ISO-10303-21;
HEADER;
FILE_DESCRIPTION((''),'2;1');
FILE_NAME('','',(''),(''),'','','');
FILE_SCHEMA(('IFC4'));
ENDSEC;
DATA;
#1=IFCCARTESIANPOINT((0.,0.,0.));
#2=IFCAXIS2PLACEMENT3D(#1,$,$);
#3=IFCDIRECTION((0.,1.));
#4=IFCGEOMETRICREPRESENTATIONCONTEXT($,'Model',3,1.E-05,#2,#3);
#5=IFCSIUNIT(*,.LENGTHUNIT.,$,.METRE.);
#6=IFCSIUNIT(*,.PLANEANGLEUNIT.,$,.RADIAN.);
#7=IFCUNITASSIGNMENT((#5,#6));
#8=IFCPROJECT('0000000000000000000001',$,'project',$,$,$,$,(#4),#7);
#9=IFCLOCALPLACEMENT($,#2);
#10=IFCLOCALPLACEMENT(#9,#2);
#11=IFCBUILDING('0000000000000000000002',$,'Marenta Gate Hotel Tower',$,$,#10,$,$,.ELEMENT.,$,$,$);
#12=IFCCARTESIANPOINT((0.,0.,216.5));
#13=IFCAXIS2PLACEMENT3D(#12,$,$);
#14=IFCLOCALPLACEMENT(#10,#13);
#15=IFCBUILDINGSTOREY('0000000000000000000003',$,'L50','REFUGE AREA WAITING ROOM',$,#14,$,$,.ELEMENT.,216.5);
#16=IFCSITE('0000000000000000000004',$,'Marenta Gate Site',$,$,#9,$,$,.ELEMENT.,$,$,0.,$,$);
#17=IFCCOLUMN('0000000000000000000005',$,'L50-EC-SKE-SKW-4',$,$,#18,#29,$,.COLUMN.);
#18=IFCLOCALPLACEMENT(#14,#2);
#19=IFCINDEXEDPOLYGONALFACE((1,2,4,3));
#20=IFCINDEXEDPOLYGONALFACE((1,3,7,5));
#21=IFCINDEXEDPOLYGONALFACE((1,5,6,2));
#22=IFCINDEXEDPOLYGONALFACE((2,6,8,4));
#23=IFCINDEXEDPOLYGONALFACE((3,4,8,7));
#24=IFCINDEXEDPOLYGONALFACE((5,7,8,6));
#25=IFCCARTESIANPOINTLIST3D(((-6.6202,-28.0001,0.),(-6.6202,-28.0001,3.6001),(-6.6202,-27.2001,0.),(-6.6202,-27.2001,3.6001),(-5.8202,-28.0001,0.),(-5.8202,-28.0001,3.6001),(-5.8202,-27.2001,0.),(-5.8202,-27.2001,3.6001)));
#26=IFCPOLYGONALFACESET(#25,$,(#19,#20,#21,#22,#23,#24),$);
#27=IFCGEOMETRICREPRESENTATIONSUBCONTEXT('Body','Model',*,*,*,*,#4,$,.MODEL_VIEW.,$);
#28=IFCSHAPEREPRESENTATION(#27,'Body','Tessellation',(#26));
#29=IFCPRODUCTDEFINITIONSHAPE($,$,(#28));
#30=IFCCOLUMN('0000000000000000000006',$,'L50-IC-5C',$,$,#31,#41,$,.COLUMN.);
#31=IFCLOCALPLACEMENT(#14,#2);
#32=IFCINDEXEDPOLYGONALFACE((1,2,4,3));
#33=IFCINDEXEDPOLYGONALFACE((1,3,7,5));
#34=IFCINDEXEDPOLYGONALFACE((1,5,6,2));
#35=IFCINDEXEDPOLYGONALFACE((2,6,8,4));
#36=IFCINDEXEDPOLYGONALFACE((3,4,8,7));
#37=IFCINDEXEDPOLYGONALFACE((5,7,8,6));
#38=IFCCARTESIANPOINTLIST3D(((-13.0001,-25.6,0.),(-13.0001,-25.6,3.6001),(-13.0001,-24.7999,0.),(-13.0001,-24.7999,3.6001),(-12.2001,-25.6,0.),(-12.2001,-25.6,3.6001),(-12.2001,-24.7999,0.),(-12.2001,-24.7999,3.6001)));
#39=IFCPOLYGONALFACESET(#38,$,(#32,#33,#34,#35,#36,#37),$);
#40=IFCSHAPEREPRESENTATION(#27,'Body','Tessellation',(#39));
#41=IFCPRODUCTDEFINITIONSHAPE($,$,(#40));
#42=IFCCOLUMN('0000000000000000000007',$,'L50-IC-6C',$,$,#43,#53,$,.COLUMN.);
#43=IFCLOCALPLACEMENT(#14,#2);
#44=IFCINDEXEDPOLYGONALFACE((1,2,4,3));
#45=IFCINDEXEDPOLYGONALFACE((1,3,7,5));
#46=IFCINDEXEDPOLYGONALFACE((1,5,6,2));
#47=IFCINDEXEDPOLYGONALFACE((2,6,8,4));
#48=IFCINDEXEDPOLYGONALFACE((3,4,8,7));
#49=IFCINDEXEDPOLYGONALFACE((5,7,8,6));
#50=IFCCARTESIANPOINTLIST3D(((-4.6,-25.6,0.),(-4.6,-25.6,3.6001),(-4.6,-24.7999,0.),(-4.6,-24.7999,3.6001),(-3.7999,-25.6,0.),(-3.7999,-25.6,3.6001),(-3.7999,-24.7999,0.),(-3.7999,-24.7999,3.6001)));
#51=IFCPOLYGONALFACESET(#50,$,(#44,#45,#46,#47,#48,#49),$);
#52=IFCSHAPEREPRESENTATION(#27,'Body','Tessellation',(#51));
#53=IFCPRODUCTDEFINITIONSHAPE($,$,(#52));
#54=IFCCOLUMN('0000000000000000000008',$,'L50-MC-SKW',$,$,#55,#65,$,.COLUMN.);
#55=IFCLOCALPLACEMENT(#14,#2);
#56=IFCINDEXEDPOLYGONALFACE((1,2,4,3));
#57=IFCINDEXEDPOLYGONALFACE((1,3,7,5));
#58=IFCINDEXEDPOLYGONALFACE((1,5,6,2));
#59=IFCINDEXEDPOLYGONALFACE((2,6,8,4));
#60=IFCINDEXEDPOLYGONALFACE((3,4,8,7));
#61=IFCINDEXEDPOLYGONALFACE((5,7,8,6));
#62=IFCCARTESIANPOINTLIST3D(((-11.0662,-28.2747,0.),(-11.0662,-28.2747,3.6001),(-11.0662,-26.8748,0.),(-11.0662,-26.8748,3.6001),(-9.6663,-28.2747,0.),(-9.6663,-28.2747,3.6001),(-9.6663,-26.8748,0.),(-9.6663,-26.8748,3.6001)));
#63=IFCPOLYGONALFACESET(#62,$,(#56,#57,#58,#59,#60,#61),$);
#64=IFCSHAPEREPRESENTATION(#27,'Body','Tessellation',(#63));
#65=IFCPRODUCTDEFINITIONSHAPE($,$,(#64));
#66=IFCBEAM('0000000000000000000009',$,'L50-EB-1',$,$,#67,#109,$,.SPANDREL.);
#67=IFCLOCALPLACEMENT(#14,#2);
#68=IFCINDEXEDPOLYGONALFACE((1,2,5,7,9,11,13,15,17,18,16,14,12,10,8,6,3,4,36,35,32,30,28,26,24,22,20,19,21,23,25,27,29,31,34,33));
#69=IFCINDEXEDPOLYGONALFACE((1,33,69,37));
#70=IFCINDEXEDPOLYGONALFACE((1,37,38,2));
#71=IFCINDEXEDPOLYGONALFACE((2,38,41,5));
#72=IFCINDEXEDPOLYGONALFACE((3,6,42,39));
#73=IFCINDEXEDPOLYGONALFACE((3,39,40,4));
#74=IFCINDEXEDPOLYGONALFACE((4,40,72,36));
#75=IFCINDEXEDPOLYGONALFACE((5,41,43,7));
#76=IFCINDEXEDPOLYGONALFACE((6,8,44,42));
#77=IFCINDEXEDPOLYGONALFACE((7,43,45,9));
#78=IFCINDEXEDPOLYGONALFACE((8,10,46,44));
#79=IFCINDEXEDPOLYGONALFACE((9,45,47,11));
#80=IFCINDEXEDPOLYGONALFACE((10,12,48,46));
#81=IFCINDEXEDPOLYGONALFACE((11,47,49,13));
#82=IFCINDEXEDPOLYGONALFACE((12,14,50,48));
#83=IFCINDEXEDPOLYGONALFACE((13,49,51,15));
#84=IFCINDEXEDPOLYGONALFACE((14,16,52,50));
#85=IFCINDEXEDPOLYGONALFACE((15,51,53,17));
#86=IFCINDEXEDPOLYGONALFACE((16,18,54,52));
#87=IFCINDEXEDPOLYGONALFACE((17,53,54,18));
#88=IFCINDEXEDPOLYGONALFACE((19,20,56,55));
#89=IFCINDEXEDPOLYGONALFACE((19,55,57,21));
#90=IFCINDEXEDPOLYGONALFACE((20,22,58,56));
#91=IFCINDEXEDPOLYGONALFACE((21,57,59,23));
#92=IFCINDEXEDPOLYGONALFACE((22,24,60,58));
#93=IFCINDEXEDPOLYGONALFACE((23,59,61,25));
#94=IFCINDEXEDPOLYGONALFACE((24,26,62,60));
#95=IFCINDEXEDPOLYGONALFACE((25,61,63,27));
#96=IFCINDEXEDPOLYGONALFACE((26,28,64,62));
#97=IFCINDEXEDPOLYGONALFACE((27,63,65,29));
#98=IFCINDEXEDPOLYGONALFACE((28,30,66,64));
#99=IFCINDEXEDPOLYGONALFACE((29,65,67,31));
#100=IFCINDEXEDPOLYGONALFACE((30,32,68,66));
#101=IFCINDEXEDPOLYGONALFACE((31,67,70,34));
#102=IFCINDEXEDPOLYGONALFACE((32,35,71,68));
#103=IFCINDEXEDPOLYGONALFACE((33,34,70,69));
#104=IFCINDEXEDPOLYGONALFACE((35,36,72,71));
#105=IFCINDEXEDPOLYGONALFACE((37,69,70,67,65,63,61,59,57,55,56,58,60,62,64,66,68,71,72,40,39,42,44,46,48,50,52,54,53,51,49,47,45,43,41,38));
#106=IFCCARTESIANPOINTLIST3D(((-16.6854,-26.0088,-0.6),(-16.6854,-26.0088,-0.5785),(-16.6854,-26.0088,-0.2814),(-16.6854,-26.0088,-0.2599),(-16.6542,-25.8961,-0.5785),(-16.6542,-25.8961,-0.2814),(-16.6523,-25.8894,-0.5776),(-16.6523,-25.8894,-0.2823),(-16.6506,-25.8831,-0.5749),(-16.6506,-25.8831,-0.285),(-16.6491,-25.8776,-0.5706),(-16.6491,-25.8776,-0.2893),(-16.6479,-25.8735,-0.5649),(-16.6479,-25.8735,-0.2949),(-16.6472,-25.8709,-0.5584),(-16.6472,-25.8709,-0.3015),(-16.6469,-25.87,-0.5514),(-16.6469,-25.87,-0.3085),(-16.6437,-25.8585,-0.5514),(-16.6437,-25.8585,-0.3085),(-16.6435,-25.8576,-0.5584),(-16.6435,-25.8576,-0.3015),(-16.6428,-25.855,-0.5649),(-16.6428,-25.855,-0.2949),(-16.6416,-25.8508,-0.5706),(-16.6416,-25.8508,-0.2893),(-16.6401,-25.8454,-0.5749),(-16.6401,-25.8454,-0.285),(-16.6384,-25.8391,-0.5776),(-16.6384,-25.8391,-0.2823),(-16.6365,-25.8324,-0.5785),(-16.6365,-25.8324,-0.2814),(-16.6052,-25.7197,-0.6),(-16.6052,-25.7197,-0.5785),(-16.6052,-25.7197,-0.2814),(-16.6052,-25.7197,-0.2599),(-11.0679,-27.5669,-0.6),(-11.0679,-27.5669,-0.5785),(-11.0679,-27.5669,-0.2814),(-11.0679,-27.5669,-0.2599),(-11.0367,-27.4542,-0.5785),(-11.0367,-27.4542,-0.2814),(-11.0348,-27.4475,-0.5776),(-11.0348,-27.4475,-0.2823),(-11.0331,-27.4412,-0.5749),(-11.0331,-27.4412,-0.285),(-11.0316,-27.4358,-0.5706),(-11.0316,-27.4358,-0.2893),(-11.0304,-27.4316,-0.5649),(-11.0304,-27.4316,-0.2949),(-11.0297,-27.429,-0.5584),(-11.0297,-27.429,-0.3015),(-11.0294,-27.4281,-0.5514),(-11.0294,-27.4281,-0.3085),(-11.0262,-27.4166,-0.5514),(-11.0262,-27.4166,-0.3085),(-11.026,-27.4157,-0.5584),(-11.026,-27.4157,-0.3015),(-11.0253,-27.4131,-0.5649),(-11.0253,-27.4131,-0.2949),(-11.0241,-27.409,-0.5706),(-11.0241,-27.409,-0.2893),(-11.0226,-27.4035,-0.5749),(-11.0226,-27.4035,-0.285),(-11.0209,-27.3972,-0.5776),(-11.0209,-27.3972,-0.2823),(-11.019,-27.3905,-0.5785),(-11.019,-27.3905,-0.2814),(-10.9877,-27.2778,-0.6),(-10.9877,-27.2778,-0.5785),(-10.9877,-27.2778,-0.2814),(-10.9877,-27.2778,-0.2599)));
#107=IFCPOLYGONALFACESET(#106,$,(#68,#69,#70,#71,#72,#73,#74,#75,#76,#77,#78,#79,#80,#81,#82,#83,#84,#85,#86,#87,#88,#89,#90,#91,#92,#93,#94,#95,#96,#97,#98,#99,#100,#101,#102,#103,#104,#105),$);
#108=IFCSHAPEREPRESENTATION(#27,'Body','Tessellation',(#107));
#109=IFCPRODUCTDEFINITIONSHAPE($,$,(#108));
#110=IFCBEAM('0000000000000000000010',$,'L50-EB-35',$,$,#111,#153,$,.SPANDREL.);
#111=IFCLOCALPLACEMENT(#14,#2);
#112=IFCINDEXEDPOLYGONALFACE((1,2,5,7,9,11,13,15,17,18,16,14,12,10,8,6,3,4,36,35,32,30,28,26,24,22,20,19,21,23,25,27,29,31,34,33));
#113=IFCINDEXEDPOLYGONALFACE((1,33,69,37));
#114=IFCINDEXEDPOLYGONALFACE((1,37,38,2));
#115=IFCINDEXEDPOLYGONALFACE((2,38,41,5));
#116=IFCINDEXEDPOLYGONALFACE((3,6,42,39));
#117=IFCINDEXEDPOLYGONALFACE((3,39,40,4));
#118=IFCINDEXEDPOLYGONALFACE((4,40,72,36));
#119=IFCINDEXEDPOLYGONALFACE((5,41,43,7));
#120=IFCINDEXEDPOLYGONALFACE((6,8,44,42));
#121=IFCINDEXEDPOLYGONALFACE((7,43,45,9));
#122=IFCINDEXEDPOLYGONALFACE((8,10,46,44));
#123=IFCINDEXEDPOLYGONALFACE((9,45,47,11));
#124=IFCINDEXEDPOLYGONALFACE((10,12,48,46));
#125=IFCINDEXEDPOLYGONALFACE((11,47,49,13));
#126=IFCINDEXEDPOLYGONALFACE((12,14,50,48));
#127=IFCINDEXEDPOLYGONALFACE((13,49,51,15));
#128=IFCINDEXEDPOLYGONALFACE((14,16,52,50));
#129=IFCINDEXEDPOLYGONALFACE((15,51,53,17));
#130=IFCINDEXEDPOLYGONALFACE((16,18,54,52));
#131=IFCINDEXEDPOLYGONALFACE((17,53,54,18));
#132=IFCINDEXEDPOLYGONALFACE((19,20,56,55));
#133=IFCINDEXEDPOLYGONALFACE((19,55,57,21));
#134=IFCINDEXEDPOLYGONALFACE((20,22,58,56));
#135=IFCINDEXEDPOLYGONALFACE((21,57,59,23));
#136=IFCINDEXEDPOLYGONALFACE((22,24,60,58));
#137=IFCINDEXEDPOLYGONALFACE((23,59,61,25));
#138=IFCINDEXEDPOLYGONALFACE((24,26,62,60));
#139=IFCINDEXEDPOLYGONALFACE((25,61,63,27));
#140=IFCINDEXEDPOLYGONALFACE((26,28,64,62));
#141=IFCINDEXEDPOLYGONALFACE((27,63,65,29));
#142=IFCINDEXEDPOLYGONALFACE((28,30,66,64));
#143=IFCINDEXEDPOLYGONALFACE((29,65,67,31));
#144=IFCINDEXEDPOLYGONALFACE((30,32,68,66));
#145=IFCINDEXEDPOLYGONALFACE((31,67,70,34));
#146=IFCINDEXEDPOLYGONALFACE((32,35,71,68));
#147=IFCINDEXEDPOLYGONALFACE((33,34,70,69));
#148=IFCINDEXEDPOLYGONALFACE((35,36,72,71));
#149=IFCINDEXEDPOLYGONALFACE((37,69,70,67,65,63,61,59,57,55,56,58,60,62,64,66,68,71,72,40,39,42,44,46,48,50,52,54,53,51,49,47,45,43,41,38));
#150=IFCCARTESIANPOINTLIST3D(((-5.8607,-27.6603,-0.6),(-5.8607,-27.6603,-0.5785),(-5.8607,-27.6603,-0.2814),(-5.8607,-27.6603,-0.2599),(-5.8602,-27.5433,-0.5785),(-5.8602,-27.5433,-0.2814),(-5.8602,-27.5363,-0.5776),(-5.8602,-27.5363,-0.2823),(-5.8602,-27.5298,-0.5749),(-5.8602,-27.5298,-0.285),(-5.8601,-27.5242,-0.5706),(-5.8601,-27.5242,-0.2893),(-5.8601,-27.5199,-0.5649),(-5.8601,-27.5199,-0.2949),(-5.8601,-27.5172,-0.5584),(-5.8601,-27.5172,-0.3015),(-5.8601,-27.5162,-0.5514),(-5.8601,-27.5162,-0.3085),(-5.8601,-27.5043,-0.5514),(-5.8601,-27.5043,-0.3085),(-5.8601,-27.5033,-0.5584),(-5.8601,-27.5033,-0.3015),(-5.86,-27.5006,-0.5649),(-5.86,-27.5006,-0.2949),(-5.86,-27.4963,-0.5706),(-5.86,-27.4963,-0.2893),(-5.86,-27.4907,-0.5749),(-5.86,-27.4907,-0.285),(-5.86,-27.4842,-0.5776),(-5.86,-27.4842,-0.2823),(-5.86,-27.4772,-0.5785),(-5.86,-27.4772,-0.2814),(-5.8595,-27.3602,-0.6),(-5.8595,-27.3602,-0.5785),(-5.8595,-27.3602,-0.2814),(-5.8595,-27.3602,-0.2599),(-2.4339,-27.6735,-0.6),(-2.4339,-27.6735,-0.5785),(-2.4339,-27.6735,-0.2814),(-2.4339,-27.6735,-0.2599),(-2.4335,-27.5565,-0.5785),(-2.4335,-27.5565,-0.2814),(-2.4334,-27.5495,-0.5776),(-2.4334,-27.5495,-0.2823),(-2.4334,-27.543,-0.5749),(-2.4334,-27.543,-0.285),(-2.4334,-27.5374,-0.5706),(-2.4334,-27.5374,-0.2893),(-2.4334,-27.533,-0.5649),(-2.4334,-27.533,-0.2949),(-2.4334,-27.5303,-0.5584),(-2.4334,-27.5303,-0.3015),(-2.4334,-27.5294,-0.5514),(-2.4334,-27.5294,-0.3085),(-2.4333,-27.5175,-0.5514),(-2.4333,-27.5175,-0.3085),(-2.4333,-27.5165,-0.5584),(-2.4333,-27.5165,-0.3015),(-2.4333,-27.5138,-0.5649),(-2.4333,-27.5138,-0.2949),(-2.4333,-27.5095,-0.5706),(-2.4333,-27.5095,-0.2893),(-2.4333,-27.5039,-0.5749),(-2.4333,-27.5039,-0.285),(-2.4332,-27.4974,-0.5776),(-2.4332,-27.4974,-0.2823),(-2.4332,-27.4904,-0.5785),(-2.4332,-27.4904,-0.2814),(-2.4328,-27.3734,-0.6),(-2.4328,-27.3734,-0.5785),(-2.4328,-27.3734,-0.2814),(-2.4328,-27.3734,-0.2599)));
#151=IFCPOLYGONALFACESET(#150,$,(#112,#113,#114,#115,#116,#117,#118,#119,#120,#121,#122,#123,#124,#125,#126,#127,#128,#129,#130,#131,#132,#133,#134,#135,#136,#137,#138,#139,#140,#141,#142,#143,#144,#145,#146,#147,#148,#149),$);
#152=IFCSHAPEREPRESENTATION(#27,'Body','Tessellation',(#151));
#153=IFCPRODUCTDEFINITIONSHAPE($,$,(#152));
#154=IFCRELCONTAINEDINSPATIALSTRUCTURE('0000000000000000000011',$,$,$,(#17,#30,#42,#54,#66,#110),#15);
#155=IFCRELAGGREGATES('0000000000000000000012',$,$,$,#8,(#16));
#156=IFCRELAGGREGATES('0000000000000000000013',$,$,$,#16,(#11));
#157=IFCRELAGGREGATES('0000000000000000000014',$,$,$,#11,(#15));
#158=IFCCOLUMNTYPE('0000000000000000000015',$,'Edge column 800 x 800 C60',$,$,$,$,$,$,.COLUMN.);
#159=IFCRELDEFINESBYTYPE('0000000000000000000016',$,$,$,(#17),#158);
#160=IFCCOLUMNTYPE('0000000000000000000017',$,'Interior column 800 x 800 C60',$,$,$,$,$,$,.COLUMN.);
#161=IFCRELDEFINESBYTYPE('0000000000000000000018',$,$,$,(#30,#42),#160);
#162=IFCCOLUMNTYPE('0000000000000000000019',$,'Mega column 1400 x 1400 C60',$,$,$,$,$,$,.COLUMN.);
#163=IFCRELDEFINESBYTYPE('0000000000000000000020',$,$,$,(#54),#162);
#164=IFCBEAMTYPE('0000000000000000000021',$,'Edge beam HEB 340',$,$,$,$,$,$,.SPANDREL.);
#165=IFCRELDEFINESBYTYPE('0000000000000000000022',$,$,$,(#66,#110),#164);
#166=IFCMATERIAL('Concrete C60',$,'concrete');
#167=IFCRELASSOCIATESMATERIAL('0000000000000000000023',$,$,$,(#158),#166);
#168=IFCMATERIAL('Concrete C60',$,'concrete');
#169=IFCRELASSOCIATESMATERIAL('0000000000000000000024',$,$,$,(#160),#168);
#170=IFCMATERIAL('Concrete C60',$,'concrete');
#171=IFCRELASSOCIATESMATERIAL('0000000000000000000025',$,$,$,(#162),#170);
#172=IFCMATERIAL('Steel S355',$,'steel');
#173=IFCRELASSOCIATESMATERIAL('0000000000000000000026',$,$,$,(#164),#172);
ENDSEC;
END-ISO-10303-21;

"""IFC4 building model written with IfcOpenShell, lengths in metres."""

from ifc_helpers import new_model, si_unit, direction, frame, origin, origin_2d, place, context, subcontext, project, spatial, rectangle, i_section, extrude, material, material_profile, profile_set, type_object, element, save


model = new_model("IFC4")

# Units and contexts
model_context = context("Model", 3, precision=1e-05, world=origin(), true_north=direction((0.0, 1.0)))
body_context = subcontext(model_context, "Body", "Model", "MODEL_VIEW")
ifc_project = project(units=[si_unit("LENGTHUNIT", "METRE"), si_unit("PLANEANGLEUNIT", "RADIAN")], contexts=[model_context])

# Site, building, storey
site_placement = place(None, origin())
site = spatial("IfcSite", under=ifc_project, at=site_placement, Name="Marenta Gate Site", CompositionType="ELEMENT", RefElevation=0.0)
building_placement = place(site_placement, origin())
building = spatial("IfcBuilding", under=site, at=building_placement, Name="Marenta Gate Hotel Tower", CompositionType="ELEMENT")
storey_placement = place(building_placement, frame((0.0, 0.0, 216.5)))
storey = spatial("IfcBuildingStorey", under=building, at=storey_placement, Name="L50", Description="REFUGE AREA WAITING ROOM", CompositionType="ELEMENT", Elevation=216.5)

# Columns
ifc_material_1 = material(Name="Concrete C60", Category="concrete")
ifc_material_profile_1 = material_profile(ifc_material_1, rectangle(XDim=0.8, YDim=0.8, at=origin_2d()), Name="800 x 800")
ifc_profile_set_1 = profile_set([ifc_material_profile_1], Name="Concrete C60")
column_type_1 = type_object("IfcColumnType", Name="Edge column 800 x 800 C60", PredefinedType="COLUMN", material=ifc_profile_set_1)
column_1_placement = place(storey_placement, frame((-6.2202, -27.6001, 0.0), z_axis=(0.0, 0.0, 1.0), x_axis=(1.0, 0.0, 0.0)))
element("IfcColumn", 1, at=column_1_placement, inside=storey, type_object=column_type_1, Name="L50-EC-SKE-SKW-4", PredefinedType="COLUMN", context=body_context, shape_type="SweptSolid", body=[
    extrude(rectangle(XDim=0.8, YDim=0.8, at=origin_2d()), origin(), (0.0, 0.0, 1.0), 3.6001),
])
ifc_material_2 = material(Name="Concrete C60", Category="concrete")
ifc_material_profile_2 = material_profile(ifc_material_2, rectangle(XDim=0.8, YDim=0.8, at=origin_2d()), Name="800 x 800")
ifc_profile_set_2 = profile_set([ifc_material_profile_2], Name="Concrete C60")
column_type_2 = type_object("IfcColumnType", Name="Interior column 800 x 800 C60", PredefinedType="COLUMN", material=ifc_profile_set_2)
for number, where, z_axis, x_axis, name in (
    (2, (-12.6001, -25.2, 0.0), (0.0, 0.0, 1.0), (1.0, 0.0, 0.0), "L50-IC-5C"),
    (3, (-4.2, -25.2, 0.0), (0.0, 0.0, 1.0), (1.0, 0.0, 0.0), "L50-IC-6C"),
):
    element("IfcColumn", number, at=place(storey_placement, frame(where, z_axis=z_axis, x_axis=x_axis)), inside=storey, type_object=column_type_2, Name=name, PredefinedType="COLUMN", context=body_context, shape_type="SweptSolid", body=[
        extrude(rectangle(XDim=0.8, YDim=0.8, at=origin_2d()), origin(), (0.0, 0.0, 1.0), 3.6001),
    ])
ifc_material_3 = material(Name="Concrete C60", Category="concrete")
ifc_material_profile_3 = material_profile(ifc_material_3, rectangle(XDim=1.3999, YDim=1.3999, at=origin_2d()), Name="1400 x 1400")
ifc_profile_set_3 = profile_set([ifc_material_profile_3], Name="Concrete C60")
column_type_3 = type_object("IfcColumnType", Name="Mega column 1400 x 1400 C60", PredefinedType="COLUMN", material=ifc_profile_set_3)
column_2_placement = place(storey_placement, frame((-10.3662, -27.5747, 0.0), z_axis=(0.0, 0.0, 1.0), x_axis=(1.0, 0.0, 0.0)))
element("IfcColumn", 4, at=column_2_placement, inside=storey, type_object=column_type_3, Name="L50-MC-SKW", PredefinedType="COLUMN", context=body_context, shape_type="SweptSolid", body=[
    extrude(rectangle(XDim=1.3999, YDim=1.3999, at=origin_2d()), origin(), (0.0, 0.0, 1.0), 3.6001),
])

# Beams
ifc_material_4 = material(Name="Steel S355", Category="steel")
ifc_material_profile_4 = material_profile(ifc_material_4, i_section(OverallWidth=0.3, OverallDepth=0.3401, WebThickness=0.012, FlangeThickness=0.0215, FilletRadius=0.0271, at=origin_2d()), Name="HEB 340")
ifc_profile_set_4 = profile_set([ifc_material_profile_4], Name="Steel S355")
beam_type_1 = type_object("IfcBeamType", Name="Edge beam HEB 340", PredefinedType="SPANDREL", material=ifc_profile_set_4)
beam_1_placement = place(storey_placement, frame((-11.0278, -27.4224, -0.4299), z_axis=(-0.963619, 0.267279, 0.0), x_axis=(-0.267279, -0.963619, 0.0)))
element("IfcBeam", 5, at=beam_1_placement, inside=storey, type_object=beam_type_1, Name="L50-EB-1", PredefinedType="SPANDREL", context=body_context, shape_type="SweptSolid", body=[
    extrude(i_section(OverallWidth=0.3, OverallDepth=0.3401, WebThickness=0.012, FlangeThickness=0.0215, FilletRadius=0.0271, at=origin_2d()), origin(), (0.0, 0.0, 1.0), 5.8296),
])
beam_2_placement = place(storey_placement, frame((-2.4333, -27.5234, -0.4299), z_axis=(-0.999993, 0.003847, 0.0), x_axis=(-0.003847, -0.999993, 0.0)))
element("IfcBeam", 6, at=beam_2_placement, inside=storey, type_object=beam_type_1, Name="L50-EB-35", PredefinedType="SPANDREL", context=body_context, shape_type="SweptSolid", body=[
    extrude(i_section(OverallWidth=0.3, OverallDepth=0.3401, WebThickness=0.012, FlangeThickness=0.0215, FilletRadius=0.0271, at=origin_2d()), origin(), (0.0, 0.0, 1.0), 3.4268),
])

save(model, "model.ifc")
